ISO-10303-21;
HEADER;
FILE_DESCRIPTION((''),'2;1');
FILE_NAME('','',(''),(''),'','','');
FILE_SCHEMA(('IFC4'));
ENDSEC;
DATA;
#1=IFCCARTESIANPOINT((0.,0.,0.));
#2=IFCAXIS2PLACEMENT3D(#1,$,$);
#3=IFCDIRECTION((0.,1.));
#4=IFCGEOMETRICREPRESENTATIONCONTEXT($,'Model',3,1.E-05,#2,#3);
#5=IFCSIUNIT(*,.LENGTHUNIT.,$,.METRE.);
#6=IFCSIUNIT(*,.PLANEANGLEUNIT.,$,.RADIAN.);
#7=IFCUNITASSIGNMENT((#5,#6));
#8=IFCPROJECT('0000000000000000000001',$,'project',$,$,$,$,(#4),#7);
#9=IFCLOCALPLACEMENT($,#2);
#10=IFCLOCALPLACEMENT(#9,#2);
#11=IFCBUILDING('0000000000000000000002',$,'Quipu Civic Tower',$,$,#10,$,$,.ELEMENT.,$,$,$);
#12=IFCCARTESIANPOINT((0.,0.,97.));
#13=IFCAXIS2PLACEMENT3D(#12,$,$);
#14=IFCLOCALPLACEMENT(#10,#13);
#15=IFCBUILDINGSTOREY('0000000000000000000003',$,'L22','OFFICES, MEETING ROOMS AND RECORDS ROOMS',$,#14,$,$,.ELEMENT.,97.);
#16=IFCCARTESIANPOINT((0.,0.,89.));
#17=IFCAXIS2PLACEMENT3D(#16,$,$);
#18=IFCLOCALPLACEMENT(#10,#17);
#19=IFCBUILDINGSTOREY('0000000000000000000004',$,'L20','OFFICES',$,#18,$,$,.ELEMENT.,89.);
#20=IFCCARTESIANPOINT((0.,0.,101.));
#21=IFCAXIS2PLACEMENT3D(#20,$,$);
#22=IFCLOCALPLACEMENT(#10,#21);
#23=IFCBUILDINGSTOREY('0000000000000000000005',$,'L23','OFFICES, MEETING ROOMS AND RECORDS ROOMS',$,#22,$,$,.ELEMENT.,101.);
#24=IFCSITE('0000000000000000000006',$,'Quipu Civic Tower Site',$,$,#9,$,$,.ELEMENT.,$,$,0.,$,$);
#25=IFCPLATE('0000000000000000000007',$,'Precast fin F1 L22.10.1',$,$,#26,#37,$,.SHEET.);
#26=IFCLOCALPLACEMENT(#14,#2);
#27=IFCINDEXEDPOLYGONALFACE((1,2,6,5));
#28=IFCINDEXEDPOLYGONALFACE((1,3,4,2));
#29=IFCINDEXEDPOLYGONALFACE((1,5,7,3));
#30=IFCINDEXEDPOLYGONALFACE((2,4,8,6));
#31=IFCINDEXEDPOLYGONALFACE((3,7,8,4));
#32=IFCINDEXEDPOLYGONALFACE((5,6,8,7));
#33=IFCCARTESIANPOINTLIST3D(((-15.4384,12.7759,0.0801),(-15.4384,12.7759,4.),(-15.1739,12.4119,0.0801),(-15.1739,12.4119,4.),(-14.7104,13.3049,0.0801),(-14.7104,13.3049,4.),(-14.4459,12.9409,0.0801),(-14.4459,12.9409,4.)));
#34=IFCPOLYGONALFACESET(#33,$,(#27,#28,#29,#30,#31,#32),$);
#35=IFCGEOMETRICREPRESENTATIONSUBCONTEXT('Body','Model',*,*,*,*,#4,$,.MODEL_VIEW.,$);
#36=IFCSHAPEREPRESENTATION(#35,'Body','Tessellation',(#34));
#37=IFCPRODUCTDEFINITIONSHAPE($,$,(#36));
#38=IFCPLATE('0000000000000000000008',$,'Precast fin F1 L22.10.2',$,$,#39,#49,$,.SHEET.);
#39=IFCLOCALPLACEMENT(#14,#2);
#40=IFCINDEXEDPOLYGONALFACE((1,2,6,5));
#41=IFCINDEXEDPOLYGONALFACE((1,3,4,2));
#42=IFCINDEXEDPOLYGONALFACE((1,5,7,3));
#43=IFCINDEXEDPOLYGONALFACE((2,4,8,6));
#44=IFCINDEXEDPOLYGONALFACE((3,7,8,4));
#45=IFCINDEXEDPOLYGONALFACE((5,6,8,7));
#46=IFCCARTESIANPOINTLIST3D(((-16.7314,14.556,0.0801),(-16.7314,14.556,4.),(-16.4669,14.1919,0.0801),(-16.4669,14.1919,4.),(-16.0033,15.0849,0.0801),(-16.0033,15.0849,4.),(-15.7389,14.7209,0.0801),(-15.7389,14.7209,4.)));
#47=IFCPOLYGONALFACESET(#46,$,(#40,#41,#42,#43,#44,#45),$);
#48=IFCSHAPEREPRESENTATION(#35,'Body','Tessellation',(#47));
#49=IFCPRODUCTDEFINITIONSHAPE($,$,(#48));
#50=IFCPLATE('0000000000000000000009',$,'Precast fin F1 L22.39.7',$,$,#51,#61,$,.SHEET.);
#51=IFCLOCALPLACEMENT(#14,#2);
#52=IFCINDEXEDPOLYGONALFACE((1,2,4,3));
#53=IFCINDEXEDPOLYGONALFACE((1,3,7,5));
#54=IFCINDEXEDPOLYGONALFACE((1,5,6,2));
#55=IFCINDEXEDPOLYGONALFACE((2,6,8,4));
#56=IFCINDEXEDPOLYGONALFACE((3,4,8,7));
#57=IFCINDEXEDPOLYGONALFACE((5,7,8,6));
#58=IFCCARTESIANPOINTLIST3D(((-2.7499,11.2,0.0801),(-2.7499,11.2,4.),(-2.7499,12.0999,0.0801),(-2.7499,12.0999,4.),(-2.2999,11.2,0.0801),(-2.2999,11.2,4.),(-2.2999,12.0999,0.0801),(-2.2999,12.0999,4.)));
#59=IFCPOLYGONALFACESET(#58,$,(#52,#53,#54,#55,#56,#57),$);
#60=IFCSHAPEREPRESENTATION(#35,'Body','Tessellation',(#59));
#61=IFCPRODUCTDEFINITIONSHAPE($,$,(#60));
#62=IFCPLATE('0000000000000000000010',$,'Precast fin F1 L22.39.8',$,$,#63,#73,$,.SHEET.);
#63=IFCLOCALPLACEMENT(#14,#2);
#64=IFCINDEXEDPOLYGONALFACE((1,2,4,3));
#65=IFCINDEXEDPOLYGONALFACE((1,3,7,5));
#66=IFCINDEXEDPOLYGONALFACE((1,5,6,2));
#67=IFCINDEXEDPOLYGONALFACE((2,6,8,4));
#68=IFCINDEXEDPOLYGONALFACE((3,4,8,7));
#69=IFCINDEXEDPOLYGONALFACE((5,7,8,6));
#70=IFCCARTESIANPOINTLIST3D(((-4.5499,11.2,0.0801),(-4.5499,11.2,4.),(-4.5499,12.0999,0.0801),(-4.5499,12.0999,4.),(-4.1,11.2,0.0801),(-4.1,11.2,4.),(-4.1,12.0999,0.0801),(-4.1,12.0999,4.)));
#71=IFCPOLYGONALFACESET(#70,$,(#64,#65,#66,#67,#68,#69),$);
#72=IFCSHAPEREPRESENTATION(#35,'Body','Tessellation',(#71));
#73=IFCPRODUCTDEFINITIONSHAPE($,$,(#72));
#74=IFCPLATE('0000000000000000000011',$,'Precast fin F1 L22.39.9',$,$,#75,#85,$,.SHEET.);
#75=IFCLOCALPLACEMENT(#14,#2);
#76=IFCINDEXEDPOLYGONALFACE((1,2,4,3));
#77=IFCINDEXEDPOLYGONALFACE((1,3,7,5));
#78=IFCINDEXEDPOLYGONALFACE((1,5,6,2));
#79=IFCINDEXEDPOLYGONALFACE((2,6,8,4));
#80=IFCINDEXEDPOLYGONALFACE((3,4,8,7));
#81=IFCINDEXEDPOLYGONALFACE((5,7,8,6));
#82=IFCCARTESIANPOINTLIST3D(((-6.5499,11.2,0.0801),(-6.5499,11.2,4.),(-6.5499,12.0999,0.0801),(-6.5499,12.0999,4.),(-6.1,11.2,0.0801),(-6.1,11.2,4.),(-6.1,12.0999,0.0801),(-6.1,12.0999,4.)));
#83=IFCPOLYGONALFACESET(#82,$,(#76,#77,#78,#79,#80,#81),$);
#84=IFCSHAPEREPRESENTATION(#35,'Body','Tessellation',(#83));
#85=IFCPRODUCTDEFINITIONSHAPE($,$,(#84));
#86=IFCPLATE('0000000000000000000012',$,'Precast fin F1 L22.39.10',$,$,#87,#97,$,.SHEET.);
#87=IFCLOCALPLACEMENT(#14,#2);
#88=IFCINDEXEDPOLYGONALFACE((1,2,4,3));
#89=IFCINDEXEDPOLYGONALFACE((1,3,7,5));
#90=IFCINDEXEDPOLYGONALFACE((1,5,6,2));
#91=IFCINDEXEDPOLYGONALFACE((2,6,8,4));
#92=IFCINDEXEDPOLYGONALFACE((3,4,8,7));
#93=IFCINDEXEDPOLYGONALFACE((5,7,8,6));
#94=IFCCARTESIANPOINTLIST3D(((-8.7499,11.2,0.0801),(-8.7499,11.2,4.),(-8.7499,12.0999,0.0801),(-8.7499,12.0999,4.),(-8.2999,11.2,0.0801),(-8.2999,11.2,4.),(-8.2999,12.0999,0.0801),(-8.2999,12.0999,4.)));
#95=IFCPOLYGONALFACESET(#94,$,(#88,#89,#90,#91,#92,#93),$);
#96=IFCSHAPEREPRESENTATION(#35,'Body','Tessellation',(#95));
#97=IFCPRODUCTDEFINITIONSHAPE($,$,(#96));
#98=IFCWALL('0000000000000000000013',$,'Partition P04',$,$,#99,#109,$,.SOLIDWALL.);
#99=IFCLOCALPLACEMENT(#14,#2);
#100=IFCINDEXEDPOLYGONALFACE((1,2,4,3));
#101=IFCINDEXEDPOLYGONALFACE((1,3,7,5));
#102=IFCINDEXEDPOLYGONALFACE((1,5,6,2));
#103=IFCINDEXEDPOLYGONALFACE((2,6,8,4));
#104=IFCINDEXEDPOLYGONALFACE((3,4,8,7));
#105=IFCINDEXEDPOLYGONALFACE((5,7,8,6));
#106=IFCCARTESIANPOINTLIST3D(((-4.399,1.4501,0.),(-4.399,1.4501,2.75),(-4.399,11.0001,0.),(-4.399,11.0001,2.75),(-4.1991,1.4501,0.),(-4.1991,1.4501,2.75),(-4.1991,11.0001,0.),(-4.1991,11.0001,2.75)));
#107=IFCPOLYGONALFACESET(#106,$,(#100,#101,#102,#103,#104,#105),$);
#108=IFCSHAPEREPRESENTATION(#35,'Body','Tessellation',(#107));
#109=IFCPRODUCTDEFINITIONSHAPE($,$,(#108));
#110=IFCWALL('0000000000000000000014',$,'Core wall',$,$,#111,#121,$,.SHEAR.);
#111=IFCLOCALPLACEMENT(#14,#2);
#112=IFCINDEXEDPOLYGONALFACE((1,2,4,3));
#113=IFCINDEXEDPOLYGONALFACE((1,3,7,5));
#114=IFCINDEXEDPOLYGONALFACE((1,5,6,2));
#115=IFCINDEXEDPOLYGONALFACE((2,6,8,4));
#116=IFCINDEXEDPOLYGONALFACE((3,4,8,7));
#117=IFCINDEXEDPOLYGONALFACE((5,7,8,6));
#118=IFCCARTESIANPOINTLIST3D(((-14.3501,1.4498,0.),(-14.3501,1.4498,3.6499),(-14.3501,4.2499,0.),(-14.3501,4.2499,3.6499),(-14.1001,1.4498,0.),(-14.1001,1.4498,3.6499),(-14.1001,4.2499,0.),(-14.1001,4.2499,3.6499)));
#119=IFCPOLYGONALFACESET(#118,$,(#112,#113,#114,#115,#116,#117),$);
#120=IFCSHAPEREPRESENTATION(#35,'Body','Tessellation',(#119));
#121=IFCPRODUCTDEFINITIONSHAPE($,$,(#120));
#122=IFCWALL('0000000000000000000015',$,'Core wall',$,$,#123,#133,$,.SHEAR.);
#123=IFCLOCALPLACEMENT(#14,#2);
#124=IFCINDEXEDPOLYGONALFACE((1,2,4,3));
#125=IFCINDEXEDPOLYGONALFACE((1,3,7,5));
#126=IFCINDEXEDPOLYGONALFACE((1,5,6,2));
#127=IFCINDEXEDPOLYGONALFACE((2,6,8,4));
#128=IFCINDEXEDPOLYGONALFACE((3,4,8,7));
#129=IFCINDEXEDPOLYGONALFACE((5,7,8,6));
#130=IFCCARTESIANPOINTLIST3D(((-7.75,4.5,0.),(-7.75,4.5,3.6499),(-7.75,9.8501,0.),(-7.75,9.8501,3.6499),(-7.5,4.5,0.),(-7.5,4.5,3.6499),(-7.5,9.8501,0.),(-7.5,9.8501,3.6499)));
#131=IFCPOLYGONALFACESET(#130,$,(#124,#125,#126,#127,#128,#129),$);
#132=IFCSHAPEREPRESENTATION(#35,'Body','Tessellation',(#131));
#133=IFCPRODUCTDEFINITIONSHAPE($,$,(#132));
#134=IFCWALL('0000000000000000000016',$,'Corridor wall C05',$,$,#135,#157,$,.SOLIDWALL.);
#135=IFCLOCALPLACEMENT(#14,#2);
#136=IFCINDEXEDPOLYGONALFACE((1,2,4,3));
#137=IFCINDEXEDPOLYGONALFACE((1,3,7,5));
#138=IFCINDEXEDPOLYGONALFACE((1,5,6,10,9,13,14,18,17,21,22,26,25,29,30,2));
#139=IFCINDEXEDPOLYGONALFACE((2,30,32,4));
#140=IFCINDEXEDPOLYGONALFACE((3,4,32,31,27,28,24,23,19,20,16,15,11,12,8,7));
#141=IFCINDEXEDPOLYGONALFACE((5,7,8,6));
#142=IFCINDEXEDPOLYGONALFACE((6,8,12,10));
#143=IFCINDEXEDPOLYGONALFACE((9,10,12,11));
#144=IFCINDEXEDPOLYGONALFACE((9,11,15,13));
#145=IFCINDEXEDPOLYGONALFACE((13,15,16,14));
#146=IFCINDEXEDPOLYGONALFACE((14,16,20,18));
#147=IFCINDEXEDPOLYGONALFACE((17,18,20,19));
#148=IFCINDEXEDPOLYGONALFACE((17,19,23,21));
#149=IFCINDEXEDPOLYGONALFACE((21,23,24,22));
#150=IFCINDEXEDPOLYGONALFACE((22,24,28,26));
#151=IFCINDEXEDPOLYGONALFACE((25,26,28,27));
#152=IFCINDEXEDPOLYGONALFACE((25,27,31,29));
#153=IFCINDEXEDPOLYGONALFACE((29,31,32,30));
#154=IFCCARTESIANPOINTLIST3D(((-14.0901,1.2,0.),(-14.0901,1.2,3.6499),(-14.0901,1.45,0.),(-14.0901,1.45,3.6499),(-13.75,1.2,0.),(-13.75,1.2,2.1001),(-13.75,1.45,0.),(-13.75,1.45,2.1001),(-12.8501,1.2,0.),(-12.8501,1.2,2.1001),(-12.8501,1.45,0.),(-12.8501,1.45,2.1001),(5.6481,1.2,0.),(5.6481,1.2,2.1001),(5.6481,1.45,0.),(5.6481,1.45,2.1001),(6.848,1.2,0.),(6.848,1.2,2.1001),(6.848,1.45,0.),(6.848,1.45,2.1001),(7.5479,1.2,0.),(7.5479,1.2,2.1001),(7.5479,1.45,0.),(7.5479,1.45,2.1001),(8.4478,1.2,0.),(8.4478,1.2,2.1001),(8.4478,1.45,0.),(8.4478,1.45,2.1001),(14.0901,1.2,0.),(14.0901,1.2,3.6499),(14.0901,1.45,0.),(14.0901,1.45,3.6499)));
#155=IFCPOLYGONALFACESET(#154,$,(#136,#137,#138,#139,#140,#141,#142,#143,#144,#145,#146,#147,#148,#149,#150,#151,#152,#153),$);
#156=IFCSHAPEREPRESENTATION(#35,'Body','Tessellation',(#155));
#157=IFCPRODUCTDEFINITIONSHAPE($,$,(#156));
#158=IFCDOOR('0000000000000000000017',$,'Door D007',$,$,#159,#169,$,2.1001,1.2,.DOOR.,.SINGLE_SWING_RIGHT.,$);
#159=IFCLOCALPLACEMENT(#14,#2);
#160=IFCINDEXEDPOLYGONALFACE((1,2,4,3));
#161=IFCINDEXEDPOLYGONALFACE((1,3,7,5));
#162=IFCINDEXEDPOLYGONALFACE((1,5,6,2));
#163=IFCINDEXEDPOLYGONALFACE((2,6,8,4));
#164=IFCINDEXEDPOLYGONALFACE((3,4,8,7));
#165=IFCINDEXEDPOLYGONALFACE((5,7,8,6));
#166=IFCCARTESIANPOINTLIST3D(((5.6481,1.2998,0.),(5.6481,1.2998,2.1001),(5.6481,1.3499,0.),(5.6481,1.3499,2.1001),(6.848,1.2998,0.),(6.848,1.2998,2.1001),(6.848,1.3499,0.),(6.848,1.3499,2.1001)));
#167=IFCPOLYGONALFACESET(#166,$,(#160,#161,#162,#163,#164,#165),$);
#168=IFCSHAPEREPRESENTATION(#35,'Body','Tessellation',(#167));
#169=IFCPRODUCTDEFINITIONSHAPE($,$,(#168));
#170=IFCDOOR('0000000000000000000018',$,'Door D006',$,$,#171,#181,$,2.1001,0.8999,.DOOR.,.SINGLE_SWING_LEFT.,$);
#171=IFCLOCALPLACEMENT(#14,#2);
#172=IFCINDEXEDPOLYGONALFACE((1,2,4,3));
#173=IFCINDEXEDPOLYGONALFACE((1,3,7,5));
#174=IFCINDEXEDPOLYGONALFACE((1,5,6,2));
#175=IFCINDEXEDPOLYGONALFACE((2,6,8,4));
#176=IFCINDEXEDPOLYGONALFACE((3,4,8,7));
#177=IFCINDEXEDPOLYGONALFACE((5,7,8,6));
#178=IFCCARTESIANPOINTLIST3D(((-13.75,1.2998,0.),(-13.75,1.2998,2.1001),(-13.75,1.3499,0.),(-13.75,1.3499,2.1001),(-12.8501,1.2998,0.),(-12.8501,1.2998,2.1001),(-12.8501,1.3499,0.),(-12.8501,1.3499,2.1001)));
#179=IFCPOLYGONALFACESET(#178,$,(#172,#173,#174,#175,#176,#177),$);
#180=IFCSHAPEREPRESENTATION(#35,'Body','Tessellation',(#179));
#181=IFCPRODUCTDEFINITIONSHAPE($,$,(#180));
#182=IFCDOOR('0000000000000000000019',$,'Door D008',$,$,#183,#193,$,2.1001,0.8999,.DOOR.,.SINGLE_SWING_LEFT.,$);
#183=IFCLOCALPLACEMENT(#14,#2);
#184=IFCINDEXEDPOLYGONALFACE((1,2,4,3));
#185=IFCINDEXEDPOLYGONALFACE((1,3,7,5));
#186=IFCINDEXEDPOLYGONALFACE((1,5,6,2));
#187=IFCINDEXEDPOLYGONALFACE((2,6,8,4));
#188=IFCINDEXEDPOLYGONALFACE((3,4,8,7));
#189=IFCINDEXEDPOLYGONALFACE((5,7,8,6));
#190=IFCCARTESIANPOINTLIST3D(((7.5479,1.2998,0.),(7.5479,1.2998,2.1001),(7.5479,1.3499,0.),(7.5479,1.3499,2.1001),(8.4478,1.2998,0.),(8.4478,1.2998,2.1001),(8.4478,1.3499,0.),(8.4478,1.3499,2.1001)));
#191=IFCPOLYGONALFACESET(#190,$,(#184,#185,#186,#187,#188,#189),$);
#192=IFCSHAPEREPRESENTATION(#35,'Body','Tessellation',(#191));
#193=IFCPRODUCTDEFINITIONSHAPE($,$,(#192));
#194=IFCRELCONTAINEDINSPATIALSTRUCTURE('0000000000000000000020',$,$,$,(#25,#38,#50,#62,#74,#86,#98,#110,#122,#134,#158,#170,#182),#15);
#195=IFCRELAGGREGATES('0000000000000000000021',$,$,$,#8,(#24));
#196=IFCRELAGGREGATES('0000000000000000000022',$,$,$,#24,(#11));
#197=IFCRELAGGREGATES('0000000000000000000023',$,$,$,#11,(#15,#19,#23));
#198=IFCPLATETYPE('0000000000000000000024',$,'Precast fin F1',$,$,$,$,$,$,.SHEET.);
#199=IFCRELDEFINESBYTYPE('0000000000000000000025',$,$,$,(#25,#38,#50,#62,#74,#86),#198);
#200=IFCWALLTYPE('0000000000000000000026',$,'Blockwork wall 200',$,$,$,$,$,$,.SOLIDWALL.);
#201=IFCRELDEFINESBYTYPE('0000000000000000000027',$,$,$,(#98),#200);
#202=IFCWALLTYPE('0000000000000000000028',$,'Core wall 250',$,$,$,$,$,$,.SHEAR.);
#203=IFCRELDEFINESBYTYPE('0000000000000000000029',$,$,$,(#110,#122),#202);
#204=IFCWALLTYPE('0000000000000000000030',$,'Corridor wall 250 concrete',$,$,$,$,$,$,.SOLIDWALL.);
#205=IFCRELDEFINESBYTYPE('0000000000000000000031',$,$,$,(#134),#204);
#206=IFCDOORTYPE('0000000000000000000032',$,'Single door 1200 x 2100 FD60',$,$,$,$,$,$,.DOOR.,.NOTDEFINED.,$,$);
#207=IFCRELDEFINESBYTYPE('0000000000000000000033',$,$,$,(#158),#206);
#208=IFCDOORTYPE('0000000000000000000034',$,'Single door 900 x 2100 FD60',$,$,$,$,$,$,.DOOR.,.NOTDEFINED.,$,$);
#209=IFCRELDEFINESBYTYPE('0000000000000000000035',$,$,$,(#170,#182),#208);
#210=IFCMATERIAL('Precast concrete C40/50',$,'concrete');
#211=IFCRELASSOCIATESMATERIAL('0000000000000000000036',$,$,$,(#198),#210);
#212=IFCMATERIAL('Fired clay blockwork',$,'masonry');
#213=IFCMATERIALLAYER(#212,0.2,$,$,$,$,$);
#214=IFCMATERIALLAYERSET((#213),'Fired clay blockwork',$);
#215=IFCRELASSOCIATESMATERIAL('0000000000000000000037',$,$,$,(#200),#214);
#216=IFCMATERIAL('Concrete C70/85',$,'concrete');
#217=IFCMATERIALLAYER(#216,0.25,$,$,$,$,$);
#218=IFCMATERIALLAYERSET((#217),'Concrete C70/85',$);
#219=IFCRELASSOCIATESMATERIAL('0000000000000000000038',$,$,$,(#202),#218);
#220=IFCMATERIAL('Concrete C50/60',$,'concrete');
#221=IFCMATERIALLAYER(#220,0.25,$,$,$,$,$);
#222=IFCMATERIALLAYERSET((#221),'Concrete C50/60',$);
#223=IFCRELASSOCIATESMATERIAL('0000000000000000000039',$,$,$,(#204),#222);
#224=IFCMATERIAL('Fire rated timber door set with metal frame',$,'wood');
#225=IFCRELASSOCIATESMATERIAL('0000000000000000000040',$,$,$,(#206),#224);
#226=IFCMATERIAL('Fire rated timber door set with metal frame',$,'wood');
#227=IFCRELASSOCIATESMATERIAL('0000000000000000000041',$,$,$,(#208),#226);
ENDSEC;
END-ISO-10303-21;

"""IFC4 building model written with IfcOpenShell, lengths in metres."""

from ifc_helpers import new_model, si_unit, direction, frame, frame_2d, origin, origin_2d, place, context, subcontext, project, spatial, rectangle, extrude, material, layer, layer_set, type_object, element, fill, save


model = new_model("IFC4")

# Units and contexts
model_context = context("Model", 3, precision=1e-05, world=origin(), true_north=direction((0.0, 1.0)))
body_context = subcontext(model_context, "Body", "Model", "MODEL_VIEW")
ifc_project = project(units=[si_unit("LENGTHUNIT", "METRE"), si_unit("PLANEANGLEUNIT", "RADIAN")], contexts=[model_context])

# Site, building, storey
site_placement = place(None, origin())
site = spatial("IfcSite", under=ifc_project, at=site_placement, Name="Quipu Civic Tower Site", CompositionType="ELEMENT", RefElevation=0.0)
building_placement = place(site_placement, origin())
building = spatial("IfcBuilding", under=site, at=building_placement, Name="Quipu Civic Tower", CompositionType="ELEMENT")
storey_1_placement = place(building_placement, frame((0.0, 0.0, 97.0)))
storey_1 = spatial("IfcBuildingStorey", under=building, at=storey_1_placement, Name="L22", Description="OFFICES, MEETING ROOMS AND RECORDS ROOMS", CompositionType="ELEMENT", Elevation=97.0)

# Shared definitions
storey_2_placement = place(building_placement, frame((0.0, 0.0, 89.0)))
storey_2 = spatial("IfcBuildingStorey", under=building, at=storey_2_placement, Name="L20", Description="OFFICES", CompositionType="ELEMENT", Elevation=89.0)

# Shared definitions
storey_3_placement = place(building_placement, frame((0.0, 0.0, 101.0)))
storey_3 = spatial("IfcBuildingStorey", under=building, at=storey_3_placement, Name="L23", Description="OFFICES, MEETING ROOMS AND RECORDS ROOMS", CompositionType="ELEMENT", Elevation=101.0)

# Plates
ifc_material_1 = material(Name="Precast concrete C40/50", Category="concrete")
plate_type_1 = type_object("IfcPlateType", Name="Precast fin F1", PredefinedType="SHEET", material=ifc_material_1)
for number, where, z_axis, x_axis, name in (
    (1, (-14.9421, 12.8584, 0.0801), (0.0, 0.0, 1.0), (-0.587785, 0.809017, 0.0), "Precast fin F1 L22.10.1"),
    (2, (-16.2351, 14.6384, 0.0801), (0.0, 0.0, 1.0), (-0.587785, 0.809017, 0.0), "Precast fin F1 L22.10.2"),
    (3, (-2.5249, 11.6499, 0.0801), (0.0, 0.0, 1.0), (-1.0, 0.0, 0.0), "Precast fin F1 L22.39.7"),
    (4, (-4.325, 11.6499, 0.0801), (0.0, 0.0, 1.0), (-1.0, 0.0, 0.0), "Precast fin F1 L22.39.8"),
    (5, (-6.325, 11.6499, 0.0801), (0.0, 0.0, 1.0), (-1.0, 0.0, 0.0), "Precast fin F1 L22.39.9"),
    (6, (-8.5249, 11.6499, 0.0801), (0.0, 0.0, 1.0), (-1.0, 0.0, 0.0), "Precast fin F1 L22.39.10"),
):
    element("IfcPlate", number, at=place(storey_1_placement, frame(where, z_axis=z_axis, x_axis=x_axis)), inside=storey_1, type_object=plate_type_1, Name=name, PredefinedType="SHEET", context=body_context, shape_type="SweptSolid", body=[
        extrude(rectangle(XDim=0.45, YDim=0.8999, at=origin_2d()), origin(), (0.0, 0.0, 1.0), 3.9199),
    ])

# Walls
ifc_material_2 = material(Name="Fired clay blockwork", Category="masonry")
ifc_layer_1 = layer(ifc_material_2, 0.2)
ifc_layer_set_1 = layer_set([ifc_layer_1], Name="Fired clay blockwork")
wall_type_1 = type_object("IfcWallType", Name="Blockwork wall 200", PredefinedType="SOLIDWALL", material=ifc_layer_set_1)
wall_1_placement = place(storey_1_placement, frame((-4.2991, 11.0, 0.0), z_axis=(0.0, 0.0, 1.0), x_axis=(0.0, -1.0, 0.0)))
element("IfcWall", 7, at=wall_1_placement, inside=storey_1, type_object=wall_type_1, Name="Partition P04", PredefinedType="SOLIDWALL", context=body_context, shape_type="SweptSolid", body=[
    extrude(rectangle(XDim=9.55, YDim=0.2, at=frame_2d((4.7749, 0.0))), origin(), (0.0, 0.0, 1.0), 2.75),
])
ifc_material_3 = material(Name="Concrete C70/85", Category="concrete")
ifc_layer_2 = layer(ifc_material_3, 0.25)
ifc_layer_set_2 = layer_set([ifc_layer_2], Name="Concrete C70/85")
wall_type_2 = type_object("IfcWallType", Name="Core wall 250", PredefinedType="SHEAR", material=ifc_layer_set_2)
wall_2_placement = place(storey_1_placement, frame((-14.2251, 1.45, 0.0), z_axis=(0.0, 0.0, 1.0), x_axis=(0.0, 1.0, 0.0)))
element("IfcWall", 8, at=wall_2_placement, inside=storey_1, type_object=wall_type_2, Name="Core wall", PredefinedType="SHEAR", context=body_context, shape_type="SweptSolid", body=[
    extrude(rectangle(XDim=2.8, YDim=0.25, at=frame_2d((1.3999, 0.0))), origin(), (0.0, 0.0, 1.0), 3.6499),
])
wall_3_placement = place(storey_1_placement, frame((-7.625, 4.5, 0.0), z_axis=(0.0, 0.0, 1.0), x_axis=(0.0, 1.0, 0.0)))
element("IfcWall", 9, at=wall_3_placement, inside=storey_1, type_object=wall_type_2, Name="Core wall", PredefinedType="SHEAR", context=body_context, shape_type="SweptSolid", body=[
    extrude(rectangle(XDim=5.3501, YDim=0.25, at=frame_2d((2.675, 0.0))), origin(), (0.0, 0.0, 1.0), 3.6499),
])

# Wall, openings, doors
ifc_material_4 = material(Name="Concrete C50/60", Category="concrete")
ifc_layer_3 = layer(ifc_material_4, 0.25)
ifc_layer_set_3 = layer_set([ifc_layer_3], Name="Concrete C50/60")
wall_type_3 = type_object("IfcWallType", Name="Corridor wall 250 concrete", PredefinedType="SOLIDWALL", material=ifc_layer_set_3)
wall_4_placement = place(storey_1_placement, frame((-14.0901, 1.325, 0.0), z_axis=(0.0, 0.0, 1.0), x_axis=(1.0, 0.0, 0.0)))
wall_4 = element("IfcWall", 10, at=wall_4_placement, inside=storey_1, type_object=wall_type_3, Name="Corridor wall C05", PredefinedType="SOLIDWALL", context=body_context, shape_type="SweptSolid", body=[
    extrude(rectangle(XDim=28.1802, YDim=0.25, at=frame_2d((14.0901, 0.0))), origin(), (0.0, 0.0, 1.0), 3.6499),
])
opening_1_placement = place(wall_4_placement, frame((19.738, 0.0, 0.0)))
opening_1 = element("IfcOpeningElement", 11, at=opening_1_placement, cuts=wall_4, PredefinedType="OPENING", context=body_context, shape_type="SweptSolid", body=[
    extrude(rectangle(XDim=1.2, YDim=2.1001, at=frame_2d((0.6001, 1.05))), frame((0.0, 0.135, 0.0), z_axis=(0.0, -1.0, 0.0), x_axis=(1.0, 0.0, 0.0)), (0.0, 0.0, 1.0), 0.27),
])
opening_2_placement = place(wall_4_placement, frame((0.3401, 0.0, 0.0)))
opening_2 = element("IfcOpeningElement", 12, at=opening_2_placement, cuts=wall_4, PredefinedType="OPENING", context=body_context, shape_type="SweptSolid", body=[
    extrude(rectangle(XDim=0.8999, YDim=2.1001, at=frame_2d((0.45, 1.05))), frame((0.0, 0.135, 0.0), z_axis=(0.0, -1.0, 0.0), x_axis=(1.0, 0.0, 0.0)), (0.0, 0.0, 1.0), 0.27),
])
opening_3_placement = place(wall_4_placement, frame((21.6379, 0.0, 0.0)))
opening_3 = element("IfcOpeningElement", 13, at=opening_3_placement, cuts=wall_4, PredefinedType="OPENING", context=body_context, shape_type="SweptSolid", body=[
    extrude(rectangle(XDim=0.8999, YDim=2.1001, at=frame_2d((0.45, 1.05))), frame((0.0, 0.135, 0.0), z_axis=(0.0, -1.0, 0.0), x_axis=(1.0, 0.0, 0.0)), (0.0, 0.0, 1.0), 0.27),
])
ifc_material_5 = material(Name="Fire rated timber door set with metal frame", Category="wood")
door_type_1 = type_object("IfcDoorType", Name="Single door 1200 x 2100 FD60", OperationType="NOTDEFINED", PredefinedType="DOOR", material=ifc_material_5)
door_1_placement = place(opening_1_placement, origin())
door_1 = element("IfcDoor", 14, at=door_1_placement, inside=storey_1, type_object=door_type_1, Name="Door D007", OperationType="SINGLE_SWING_RIGHT", OverallHeight=2.1001, OverallWidth=1.2, PredefinedType="DOOR", context=body_context, shape_type="SweptSolid", body=[
    extrude(rectangle(XDim=1.2, YDim=2.1001, at=frame_2d((0.6001, 1.05))), frame((0.0, 0.0249, 0.0), z_axis=(0.0, -1.0, 0.0), x_axis=(1.0, 0.0, 0.0)), (0.0, 0.0, 1.0), 0.05),
])
fill(opening_1, door_1)
ifc_material_6 = material(Name="Fire rated timber door set with metal frame", Category="wood")
door_type_2 = type_object("IfcDoorType", Name="Single door 900 x 2100 FD60", OperationType="NOTDEFINED", PredefinedType="DOOR", material=ifc_material_6)
door_2_placement = place(opening_2_placement, origin())
door_2 = element("IfcDoor", 15, at=door_2_placement, inside=storey_1, type_object=door_type_2, Name="Door D006", OperationType="SINGLE_SWING_LEFT", OverallHeight=2.1001, OverallWidth=0.8999, PredefinedType="DOOR", context=body_context, shape_type="SweptSolid", body=[
    extrude(rectangle(XDim=0.8999, YDim=2.1001, at=frame_2d((0.45, 1.05))), frame((0.0, 0.0249, 0.0), z_axis=(0.0, -1.0, 0.0), x_axis=(1.0, 0.0, 0.0)), (0.0, 0.0, 1.0), 0.05),
])
fill(opening_2, door_2)
door_3_placement = place(opening_3_placement, origin())
door_3 = element("IfcDoor", 16, at=door_3_placement, inside=storey_1, type_object=door_type_2, Name="Door D008", OperationType="SINGLE_SWING_LEFT", OverallHeight=2.1001, OverallWidth=0.8999, PredefinedType="DOOR", context=body_context, shape_type="SweptSolid", body=[
    extrude(rectangle(XDim=0.8999, YDim=2.1001, at=frame_2d((0.45, 1.05))), frame((0.0, 0.0249, 0.0), z_axis=(0.0, -1.0, 0.0), x_axis=(1.0, 0.0, 0.0)), (0.0, 0.0, 1.0), 0.05),
])
fill(opening_3, door_3)

save(model, "model.ifc")
